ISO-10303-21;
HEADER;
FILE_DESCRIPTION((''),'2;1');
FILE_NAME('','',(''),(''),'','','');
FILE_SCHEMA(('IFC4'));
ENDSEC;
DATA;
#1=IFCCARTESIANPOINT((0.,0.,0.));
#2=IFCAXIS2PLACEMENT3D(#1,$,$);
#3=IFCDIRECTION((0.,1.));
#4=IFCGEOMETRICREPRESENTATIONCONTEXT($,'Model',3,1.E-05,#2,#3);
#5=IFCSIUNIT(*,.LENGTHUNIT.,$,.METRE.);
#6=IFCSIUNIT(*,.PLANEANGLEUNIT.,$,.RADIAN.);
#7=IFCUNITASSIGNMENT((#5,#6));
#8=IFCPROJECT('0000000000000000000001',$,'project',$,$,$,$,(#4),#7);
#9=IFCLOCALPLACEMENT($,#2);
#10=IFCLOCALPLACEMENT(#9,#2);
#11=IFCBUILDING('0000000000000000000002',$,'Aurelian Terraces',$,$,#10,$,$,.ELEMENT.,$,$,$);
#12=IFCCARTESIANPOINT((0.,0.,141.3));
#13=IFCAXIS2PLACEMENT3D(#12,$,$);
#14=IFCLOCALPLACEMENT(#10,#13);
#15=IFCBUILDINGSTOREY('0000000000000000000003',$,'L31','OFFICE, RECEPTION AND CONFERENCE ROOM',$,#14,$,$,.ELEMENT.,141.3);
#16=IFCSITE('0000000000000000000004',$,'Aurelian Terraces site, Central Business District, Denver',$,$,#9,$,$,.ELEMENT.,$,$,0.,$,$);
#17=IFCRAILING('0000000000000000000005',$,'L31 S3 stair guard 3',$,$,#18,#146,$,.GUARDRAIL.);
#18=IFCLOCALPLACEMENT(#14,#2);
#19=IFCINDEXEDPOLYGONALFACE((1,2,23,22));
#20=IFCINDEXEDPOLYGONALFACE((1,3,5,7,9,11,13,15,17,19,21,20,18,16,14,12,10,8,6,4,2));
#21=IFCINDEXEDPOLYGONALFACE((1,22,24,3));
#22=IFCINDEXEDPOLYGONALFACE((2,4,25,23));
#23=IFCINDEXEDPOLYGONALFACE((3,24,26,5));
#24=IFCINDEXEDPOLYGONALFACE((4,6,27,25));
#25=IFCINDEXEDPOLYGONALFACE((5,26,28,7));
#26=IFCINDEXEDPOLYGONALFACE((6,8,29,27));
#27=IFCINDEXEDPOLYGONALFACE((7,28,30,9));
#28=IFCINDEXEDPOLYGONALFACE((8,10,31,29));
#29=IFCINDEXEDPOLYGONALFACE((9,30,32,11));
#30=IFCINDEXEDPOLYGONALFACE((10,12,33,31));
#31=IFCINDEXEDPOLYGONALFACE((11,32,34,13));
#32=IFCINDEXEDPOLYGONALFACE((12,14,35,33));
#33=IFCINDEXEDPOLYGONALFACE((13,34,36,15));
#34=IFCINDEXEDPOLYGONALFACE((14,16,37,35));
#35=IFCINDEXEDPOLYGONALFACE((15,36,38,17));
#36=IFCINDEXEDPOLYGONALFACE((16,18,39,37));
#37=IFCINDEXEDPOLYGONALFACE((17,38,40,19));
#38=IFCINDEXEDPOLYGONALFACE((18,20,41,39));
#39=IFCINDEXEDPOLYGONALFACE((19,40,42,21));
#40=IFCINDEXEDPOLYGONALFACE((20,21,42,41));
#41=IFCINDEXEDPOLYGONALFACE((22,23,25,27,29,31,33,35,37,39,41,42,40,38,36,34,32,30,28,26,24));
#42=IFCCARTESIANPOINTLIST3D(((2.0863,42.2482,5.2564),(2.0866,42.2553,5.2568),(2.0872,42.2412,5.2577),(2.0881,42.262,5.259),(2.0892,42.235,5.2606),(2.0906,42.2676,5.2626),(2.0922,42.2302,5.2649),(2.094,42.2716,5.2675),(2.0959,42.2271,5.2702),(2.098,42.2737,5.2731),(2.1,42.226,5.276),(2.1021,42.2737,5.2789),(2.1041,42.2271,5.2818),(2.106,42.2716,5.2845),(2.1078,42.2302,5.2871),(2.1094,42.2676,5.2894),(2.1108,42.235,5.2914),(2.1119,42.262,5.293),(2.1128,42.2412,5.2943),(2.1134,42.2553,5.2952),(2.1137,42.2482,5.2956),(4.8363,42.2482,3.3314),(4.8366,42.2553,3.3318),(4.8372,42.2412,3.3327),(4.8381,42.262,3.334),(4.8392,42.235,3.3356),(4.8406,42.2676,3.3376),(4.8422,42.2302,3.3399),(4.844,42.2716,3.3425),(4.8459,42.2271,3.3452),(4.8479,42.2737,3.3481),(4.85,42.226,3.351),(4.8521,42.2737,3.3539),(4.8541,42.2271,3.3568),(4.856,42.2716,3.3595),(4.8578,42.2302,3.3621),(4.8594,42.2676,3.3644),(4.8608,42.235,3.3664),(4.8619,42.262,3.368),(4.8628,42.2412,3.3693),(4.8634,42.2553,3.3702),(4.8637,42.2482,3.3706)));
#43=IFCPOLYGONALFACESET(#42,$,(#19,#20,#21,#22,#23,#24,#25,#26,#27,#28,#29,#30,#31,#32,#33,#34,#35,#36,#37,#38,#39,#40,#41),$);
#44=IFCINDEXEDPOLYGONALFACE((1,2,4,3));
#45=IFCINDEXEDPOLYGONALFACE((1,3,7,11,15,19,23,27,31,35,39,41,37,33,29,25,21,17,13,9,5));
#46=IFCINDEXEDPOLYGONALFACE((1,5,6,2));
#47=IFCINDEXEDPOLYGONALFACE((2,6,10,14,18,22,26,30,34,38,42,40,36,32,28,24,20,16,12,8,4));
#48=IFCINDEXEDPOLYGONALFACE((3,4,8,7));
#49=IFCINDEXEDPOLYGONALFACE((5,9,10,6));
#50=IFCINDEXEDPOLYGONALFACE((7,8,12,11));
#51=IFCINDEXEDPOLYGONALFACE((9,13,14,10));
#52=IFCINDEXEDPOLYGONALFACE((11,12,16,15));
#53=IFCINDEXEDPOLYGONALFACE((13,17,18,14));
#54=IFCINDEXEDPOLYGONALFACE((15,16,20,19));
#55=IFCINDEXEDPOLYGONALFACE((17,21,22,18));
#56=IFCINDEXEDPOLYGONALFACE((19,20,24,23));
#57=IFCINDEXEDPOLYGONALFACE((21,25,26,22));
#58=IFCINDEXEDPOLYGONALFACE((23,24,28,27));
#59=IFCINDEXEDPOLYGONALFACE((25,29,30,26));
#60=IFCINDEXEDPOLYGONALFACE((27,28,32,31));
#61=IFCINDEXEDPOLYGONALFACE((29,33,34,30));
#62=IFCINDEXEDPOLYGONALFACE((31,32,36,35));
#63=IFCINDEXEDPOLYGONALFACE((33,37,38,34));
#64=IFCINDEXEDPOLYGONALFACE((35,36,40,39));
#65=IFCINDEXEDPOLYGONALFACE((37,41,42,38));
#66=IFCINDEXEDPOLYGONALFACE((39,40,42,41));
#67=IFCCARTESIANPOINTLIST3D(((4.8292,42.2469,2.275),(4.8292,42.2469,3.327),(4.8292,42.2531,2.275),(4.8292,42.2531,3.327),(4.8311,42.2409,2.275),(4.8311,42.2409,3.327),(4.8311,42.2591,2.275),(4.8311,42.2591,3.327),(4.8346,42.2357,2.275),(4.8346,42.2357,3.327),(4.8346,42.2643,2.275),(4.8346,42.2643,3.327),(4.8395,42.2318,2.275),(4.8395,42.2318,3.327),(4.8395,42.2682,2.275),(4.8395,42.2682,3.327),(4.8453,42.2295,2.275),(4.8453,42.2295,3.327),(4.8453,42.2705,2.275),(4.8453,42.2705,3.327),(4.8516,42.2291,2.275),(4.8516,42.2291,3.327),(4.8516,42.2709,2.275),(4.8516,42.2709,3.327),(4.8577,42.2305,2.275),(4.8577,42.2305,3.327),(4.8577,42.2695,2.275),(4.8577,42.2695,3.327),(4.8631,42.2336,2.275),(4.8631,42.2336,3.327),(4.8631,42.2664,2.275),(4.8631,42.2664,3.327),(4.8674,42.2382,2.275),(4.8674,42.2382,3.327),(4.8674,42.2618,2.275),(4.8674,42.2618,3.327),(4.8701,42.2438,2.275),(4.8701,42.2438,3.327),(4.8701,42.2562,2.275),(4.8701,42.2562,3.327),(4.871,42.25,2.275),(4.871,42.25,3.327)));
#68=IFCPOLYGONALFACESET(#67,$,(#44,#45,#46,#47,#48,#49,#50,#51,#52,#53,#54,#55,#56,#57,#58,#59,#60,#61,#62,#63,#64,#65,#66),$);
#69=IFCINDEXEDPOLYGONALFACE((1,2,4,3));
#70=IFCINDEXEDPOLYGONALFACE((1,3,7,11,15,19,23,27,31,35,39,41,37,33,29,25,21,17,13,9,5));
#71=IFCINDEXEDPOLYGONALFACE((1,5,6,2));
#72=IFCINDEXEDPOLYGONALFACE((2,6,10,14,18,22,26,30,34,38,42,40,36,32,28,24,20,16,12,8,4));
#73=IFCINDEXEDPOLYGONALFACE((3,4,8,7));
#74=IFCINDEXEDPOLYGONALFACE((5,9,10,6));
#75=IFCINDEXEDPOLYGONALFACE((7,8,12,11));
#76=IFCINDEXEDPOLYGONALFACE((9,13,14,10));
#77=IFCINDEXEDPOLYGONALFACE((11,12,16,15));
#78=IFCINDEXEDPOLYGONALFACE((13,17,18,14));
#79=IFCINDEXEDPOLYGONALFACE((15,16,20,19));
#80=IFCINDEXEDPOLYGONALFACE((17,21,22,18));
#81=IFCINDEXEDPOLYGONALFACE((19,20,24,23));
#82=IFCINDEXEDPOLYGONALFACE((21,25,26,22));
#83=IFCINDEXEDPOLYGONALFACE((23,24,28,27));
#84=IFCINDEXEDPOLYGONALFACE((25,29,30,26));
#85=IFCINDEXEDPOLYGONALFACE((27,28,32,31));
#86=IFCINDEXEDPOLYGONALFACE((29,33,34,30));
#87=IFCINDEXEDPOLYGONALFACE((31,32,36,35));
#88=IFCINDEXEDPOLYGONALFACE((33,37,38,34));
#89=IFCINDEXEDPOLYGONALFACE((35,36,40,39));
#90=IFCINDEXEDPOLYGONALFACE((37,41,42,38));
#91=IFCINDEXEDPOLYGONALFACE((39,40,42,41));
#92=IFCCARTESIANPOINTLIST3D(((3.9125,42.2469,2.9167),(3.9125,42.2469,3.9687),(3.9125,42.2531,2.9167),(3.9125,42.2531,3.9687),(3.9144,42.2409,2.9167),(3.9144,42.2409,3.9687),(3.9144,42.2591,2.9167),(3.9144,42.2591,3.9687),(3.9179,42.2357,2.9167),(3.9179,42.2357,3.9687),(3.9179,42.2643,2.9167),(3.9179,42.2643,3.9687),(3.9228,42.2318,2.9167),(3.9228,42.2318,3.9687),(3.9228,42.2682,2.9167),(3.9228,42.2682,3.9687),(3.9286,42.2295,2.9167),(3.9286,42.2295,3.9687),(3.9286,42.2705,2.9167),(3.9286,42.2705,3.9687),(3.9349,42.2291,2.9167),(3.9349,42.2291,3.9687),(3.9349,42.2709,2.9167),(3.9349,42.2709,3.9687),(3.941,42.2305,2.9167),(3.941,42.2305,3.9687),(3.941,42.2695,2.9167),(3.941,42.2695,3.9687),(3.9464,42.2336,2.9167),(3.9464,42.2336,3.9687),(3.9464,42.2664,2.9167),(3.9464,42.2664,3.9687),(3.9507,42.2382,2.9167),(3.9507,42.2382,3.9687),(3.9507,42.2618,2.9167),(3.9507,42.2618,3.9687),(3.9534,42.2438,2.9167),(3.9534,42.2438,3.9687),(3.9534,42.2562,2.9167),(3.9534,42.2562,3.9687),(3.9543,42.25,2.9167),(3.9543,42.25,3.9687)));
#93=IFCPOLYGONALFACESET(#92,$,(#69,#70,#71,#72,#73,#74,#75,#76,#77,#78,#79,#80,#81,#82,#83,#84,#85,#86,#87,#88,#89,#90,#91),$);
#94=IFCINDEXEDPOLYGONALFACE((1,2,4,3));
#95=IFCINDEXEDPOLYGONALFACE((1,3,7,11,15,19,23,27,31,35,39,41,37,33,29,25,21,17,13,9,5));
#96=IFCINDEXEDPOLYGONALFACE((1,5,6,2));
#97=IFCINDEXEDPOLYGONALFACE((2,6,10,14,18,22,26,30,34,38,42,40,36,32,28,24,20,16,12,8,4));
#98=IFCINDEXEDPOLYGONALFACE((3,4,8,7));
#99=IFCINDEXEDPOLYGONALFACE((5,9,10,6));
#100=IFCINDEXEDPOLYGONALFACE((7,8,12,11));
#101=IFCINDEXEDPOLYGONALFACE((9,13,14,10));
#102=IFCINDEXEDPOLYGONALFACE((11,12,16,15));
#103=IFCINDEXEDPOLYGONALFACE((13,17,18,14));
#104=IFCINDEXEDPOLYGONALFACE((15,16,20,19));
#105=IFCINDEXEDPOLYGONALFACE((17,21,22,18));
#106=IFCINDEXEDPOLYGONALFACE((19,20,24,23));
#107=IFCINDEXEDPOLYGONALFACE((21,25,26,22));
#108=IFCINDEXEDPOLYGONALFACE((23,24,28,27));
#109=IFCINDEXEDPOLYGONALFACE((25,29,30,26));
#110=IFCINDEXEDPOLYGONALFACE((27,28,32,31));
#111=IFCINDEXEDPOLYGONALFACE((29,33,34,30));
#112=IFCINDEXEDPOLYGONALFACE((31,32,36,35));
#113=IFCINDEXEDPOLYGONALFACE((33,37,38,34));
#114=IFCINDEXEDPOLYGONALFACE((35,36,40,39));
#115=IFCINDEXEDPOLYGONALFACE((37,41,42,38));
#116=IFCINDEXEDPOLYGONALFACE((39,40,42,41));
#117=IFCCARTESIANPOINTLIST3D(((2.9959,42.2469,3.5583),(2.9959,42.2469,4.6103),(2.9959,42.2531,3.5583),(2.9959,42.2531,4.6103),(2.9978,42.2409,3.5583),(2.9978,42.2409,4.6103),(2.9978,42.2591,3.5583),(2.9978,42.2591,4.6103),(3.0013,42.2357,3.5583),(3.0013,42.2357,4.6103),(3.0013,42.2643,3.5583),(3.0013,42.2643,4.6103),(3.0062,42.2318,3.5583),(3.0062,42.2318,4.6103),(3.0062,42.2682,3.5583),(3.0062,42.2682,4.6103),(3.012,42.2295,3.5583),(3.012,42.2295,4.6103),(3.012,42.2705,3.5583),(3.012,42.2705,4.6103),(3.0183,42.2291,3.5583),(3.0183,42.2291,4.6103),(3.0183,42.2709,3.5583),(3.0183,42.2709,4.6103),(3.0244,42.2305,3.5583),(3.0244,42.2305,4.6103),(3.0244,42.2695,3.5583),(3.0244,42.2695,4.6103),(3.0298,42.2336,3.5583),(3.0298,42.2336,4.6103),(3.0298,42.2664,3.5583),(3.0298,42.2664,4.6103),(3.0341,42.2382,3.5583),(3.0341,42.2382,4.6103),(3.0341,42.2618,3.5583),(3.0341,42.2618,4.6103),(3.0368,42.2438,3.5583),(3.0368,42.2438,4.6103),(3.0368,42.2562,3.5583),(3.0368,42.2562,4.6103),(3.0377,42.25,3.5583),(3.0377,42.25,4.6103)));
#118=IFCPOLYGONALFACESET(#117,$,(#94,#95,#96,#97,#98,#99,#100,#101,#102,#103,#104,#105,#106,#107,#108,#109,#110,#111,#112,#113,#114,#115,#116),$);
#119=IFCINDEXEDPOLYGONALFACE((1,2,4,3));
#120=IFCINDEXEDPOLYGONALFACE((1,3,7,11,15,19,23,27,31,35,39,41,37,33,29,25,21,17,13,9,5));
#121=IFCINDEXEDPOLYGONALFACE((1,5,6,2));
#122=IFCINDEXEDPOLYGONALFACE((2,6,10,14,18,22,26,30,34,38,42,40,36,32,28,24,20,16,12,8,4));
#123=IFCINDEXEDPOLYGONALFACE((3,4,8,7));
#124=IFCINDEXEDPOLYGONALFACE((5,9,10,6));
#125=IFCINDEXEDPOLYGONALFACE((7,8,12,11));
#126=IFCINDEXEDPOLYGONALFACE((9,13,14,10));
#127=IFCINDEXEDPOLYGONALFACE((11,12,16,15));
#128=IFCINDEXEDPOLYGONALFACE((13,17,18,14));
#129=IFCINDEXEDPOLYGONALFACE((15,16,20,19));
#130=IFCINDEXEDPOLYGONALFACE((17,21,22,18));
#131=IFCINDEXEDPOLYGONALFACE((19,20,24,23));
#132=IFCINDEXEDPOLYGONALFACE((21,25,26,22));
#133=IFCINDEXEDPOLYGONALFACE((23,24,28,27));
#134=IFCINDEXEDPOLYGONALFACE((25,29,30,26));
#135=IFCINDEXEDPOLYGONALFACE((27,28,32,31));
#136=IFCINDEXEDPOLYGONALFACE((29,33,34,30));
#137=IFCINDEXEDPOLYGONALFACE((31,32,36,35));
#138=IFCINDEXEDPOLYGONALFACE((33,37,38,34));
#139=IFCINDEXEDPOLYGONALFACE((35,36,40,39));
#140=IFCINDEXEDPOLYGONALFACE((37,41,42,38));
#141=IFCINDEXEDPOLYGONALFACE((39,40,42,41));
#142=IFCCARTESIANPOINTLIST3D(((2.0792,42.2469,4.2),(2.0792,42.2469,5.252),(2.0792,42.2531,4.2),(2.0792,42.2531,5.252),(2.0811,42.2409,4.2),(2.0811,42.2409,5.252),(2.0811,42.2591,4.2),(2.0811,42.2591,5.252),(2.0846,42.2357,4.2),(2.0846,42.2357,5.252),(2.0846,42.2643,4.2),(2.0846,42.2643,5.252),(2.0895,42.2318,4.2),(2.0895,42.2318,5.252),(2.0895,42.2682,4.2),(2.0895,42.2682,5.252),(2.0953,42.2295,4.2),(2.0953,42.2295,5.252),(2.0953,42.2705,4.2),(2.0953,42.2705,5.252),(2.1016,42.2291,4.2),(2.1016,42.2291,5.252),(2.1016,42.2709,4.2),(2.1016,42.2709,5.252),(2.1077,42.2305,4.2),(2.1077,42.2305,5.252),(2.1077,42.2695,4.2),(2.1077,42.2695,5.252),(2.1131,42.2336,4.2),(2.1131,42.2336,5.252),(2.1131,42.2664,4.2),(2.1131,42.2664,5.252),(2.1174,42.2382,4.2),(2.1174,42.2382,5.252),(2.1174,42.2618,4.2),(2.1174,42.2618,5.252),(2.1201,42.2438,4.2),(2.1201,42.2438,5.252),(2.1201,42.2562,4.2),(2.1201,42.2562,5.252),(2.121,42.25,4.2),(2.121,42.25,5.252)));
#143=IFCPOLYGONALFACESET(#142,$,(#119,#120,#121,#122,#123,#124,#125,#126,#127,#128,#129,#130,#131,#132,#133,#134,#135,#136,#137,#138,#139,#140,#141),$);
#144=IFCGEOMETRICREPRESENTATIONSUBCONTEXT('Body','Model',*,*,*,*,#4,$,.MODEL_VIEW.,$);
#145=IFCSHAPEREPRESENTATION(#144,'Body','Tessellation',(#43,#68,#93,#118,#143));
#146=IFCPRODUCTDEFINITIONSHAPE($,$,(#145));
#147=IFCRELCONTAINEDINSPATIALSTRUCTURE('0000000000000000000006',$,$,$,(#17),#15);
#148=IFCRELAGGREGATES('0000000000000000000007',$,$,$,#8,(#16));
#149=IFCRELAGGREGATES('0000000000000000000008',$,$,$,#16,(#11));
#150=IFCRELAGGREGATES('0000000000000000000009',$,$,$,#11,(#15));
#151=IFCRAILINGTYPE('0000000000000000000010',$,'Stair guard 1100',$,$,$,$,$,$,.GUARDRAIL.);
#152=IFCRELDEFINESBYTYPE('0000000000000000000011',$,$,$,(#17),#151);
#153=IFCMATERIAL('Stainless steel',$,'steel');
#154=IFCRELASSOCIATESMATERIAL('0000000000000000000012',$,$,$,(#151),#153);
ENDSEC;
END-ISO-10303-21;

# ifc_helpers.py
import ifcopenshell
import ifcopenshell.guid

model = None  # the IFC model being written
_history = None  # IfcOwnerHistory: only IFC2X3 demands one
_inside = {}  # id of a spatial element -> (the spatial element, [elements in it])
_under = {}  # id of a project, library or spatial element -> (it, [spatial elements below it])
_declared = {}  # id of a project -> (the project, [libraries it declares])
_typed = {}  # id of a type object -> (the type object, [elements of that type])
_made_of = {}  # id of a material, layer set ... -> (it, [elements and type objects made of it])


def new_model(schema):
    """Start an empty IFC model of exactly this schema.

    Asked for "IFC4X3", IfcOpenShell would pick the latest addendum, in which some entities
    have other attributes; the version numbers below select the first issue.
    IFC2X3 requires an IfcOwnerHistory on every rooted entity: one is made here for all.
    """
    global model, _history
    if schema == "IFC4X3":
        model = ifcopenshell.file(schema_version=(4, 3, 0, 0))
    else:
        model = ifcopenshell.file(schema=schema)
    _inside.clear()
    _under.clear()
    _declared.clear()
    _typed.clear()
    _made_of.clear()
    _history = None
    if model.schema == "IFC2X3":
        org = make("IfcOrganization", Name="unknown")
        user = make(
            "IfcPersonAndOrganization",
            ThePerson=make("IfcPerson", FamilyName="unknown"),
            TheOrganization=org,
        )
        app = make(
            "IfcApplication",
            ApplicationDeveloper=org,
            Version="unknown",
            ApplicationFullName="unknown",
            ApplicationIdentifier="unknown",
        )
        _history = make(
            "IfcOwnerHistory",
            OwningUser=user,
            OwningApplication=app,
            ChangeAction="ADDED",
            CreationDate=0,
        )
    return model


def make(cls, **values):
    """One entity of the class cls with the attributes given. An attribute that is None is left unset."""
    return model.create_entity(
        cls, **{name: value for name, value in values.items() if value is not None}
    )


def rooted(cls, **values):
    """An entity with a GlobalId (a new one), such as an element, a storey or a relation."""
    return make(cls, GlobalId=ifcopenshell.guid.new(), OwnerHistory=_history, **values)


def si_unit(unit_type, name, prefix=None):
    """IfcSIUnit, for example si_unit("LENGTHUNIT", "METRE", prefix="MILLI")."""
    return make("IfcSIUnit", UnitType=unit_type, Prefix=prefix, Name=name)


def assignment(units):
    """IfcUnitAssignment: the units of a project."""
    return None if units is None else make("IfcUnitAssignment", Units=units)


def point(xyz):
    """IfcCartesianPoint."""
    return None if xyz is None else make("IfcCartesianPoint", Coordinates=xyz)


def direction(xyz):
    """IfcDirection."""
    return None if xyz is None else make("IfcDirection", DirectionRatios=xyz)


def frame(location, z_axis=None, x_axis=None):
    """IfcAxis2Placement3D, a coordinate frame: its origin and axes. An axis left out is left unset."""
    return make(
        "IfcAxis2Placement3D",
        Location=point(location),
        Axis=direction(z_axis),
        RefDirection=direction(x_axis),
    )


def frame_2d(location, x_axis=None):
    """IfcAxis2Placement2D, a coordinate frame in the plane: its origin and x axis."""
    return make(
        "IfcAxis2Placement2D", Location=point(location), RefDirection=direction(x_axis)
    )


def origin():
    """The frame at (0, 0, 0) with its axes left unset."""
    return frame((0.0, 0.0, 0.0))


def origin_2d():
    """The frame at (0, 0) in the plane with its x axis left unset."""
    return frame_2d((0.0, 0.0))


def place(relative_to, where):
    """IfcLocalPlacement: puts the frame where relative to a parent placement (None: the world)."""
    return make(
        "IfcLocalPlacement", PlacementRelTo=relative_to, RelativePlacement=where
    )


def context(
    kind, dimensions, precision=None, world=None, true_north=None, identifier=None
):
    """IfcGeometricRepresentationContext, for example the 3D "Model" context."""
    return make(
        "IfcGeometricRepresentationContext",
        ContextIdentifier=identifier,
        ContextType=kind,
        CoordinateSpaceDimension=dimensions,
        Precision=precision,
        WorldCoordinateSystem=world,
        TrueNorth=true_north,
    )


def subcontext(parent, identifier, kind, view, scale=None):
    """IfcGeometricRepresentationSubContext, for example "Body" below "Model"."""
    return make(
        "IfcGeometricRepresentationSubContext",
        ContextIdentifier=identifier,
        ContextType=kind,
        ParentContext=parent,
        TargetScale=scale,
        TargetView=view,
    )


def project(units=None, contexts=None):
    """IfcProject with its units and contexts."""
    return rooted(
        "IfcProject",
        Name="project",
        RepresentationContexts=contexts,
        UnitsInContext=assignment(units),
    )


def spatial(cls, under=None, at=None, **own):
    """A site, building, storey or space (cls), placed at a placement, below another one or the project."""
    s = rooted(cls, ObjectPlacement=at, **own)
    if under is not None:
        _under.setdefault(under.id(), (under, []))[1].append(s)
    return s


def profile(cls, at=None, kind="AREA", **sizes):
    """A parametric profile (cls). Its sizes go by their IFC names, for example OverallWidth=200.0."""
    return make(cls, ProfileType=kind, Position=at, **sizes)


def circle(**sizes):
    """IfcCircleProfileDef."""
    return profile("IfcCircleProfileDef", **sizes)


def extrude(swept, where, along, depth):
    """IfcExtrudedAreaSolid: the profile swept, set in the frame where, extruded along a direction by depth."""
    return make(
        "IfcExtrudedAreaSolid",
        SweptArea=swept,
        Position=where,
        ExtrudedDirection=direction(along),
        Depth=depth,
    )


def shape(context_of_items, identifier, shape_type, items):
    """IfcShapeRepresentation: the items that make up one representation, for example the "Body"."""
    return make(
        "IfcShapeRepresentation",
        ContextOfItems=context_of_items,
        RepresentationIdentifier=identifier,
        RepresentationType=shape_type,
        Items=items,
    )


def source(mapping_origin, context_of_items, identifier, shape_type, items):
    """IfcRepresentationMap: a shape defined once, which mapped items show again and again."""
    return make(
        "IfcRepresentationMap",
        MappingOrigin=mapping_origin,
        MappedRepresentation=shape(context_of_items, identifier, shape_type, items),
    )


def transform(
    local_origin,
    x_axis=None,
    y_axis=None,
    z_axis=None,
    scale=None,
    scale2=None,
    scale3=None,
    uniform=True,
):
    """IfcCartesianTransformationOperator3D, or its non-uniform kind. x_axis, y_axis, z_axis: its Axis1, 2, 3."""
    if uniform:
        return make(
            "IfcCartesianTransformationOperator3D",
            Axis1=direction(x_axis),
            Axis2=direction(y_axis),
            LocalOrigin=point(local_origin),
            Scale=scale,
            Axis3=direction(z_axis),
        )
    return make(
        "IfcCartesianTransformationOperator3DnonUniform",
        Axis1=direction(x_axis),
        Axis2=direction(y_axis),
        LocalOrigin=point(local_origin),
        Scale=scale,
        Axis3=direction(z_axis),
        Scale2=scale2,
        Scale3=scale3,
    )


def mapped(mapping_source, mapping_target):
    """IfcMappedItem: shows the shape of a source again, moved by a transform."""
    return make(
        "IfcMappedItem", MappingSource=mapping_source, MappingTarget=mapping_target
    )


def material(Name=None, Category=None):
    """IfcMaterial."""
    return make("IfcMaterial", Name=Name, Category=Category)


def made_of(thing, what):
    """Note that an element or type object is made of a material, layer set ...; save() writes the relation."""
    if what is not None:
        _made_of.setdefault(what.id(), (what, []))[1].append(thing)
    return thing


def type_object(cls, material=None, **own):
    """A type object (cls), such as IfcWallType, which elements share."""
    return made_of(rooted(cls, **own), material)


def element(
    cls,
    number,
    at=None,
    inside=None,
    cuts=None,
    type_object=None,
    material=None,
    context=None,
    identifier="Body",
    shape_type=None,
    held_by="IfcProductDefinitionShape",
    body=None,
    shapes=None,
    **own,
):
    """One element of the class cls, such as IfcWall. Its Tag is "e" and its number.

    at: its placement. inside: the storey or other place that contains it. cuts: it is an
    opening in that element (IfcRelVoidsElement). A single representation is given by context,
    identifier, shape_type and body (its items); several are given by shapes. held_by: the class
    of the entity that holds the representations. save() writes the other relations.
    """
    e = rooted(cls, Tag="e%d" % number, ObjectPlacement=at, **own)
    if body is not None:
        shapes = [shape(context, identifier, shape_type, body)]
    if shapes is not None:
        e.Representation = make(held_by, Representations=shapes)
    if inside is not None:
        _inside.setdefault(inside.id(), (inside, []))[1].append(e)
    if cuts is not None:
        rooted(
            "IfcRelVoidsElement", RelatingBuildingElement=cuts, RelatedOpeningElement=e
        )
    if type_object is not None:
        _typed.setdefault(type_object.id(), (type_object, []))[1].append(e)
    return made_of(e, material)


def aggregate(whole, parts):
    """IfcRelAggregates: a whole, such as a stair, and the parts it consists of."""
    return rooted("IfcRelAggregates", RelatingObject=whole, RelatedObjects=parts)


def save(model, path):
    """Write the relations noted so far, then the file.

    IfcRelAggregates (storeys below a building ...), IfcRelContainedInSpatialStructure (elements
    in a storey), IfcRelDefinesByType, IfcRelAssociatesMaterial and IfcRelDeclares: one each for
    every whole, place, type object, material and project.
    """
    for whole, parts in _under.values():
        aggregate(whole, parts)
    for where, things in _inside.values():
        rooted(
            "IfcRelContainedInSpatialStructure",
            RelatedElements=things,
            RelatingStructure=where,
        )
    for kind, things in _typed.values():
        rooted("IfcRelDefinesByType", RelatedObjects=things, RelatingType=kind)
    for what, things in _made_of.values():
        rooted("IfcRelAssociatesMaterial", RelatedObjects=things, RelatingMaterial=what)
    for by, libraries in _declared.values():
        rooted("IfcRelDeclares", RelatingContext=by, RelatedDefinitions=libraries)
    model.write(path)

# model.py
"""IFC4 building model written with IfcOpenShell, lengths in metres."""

from ifc_helpers import new_model, si_unit, direction, frame, origin, origin_2d, place, context, subcontext, project, spatial, circle, extrude, source, transform, mapped, material, type_object, element, save


model = new_model("IFC4")

# Units and contexts
model_context = context("Model", 3, precision=1e-05, world=origin(), true_north=direction((0.0, 1.0)))
body_context = subcontext(model_context, "Body", "Model", "MODEL_VIEW")
ifc_project = project(units=[si_unit("LENGTHUNIT", "METRE"), si_unit("PLANEANGLEUNIT", "RADIAN")], contexts=[model_context])

# Site, building, storey
site_placement = place(None, origin())
site = spatial("IfcSite", under=ifc_project, at=site_placement, Name="Aurelian Terraces site, Central Business District, Denver", CompositionType="ELEMENT", RefElevation=0.0)
building_placement = place(site_placement, origin())
building = spatial("IfcBuilding", under=site, at=building_placement, Name="Aurelian Terraces", CompositionType="ELEMENT")
storey_placement = place(building_placement, frame((0.0, 0.0, 141.3)))
storey = spatial("IfcBuildingStorey", under=building, at=storey_placement, Name="L31", Description="OFFICE, RECEPTION AND CONFERENCE ROOM", CompositionType="ELEMENT", Elevation=141.3)

# Railing
ifc_material_1 = material(Name="Stainless steel", Category="steel")
railing_type_1 = type_object("IfcRailingType", Name="Stair guard 1100", PredefinedType="GUARDRAIL", material=ifc_material_1)
shared_shape_1 = source(origin(), body_context, "Body", "SweptSolid", [
    extrude(circle(Radius=0.024, at=origin_2d()), frame((0.0, 0.0, 1.076), z_axis=(-0.819232, 0.0, 0.573462), x_axis=(0.0, -1.0, 0.0)), (0.0, 0.0, 1.0), 3.3568),
    extrude(circle(Radius=0.021, at=origin_2d()), origin(), (0.0, 0.0, 1.0), 1.052),
    extrude(circle(Radius=0.021, at=origin_2d()), frame((-0.9167, 0.0, 0.6417)), (0.0, 0.0, 1.0), 1.052),
    extrude(circle(Radius=0.021, at=origin_2d()), frame((-1.8333, 0.0, 1.2833)), (0.0, 0.0, 1.0), 1.052),
    extrude(circle(Radius=0.021, at=origin_2d()), frame((-2.75, 0.0, 1.925)), (0.0, 0.0, 1.0), 1.052),
])
railing_1_placement = place(storey_placement, frame((4.85, 42.25, 2.275)))
element("IfcRailing", 1, at=railing_1_placement, inside=storey, type_object=railing_type_1, Name="L31 S3 stair guard 3", PredefinedType="GUARDRAIL", context=body_context, shape_type="MappedRepresentation", body=[
    mapped(shared_shape_1, transform((0.0, 0.0, 0.0), scale=1.0)),
])

save(model, "model.ifc")
